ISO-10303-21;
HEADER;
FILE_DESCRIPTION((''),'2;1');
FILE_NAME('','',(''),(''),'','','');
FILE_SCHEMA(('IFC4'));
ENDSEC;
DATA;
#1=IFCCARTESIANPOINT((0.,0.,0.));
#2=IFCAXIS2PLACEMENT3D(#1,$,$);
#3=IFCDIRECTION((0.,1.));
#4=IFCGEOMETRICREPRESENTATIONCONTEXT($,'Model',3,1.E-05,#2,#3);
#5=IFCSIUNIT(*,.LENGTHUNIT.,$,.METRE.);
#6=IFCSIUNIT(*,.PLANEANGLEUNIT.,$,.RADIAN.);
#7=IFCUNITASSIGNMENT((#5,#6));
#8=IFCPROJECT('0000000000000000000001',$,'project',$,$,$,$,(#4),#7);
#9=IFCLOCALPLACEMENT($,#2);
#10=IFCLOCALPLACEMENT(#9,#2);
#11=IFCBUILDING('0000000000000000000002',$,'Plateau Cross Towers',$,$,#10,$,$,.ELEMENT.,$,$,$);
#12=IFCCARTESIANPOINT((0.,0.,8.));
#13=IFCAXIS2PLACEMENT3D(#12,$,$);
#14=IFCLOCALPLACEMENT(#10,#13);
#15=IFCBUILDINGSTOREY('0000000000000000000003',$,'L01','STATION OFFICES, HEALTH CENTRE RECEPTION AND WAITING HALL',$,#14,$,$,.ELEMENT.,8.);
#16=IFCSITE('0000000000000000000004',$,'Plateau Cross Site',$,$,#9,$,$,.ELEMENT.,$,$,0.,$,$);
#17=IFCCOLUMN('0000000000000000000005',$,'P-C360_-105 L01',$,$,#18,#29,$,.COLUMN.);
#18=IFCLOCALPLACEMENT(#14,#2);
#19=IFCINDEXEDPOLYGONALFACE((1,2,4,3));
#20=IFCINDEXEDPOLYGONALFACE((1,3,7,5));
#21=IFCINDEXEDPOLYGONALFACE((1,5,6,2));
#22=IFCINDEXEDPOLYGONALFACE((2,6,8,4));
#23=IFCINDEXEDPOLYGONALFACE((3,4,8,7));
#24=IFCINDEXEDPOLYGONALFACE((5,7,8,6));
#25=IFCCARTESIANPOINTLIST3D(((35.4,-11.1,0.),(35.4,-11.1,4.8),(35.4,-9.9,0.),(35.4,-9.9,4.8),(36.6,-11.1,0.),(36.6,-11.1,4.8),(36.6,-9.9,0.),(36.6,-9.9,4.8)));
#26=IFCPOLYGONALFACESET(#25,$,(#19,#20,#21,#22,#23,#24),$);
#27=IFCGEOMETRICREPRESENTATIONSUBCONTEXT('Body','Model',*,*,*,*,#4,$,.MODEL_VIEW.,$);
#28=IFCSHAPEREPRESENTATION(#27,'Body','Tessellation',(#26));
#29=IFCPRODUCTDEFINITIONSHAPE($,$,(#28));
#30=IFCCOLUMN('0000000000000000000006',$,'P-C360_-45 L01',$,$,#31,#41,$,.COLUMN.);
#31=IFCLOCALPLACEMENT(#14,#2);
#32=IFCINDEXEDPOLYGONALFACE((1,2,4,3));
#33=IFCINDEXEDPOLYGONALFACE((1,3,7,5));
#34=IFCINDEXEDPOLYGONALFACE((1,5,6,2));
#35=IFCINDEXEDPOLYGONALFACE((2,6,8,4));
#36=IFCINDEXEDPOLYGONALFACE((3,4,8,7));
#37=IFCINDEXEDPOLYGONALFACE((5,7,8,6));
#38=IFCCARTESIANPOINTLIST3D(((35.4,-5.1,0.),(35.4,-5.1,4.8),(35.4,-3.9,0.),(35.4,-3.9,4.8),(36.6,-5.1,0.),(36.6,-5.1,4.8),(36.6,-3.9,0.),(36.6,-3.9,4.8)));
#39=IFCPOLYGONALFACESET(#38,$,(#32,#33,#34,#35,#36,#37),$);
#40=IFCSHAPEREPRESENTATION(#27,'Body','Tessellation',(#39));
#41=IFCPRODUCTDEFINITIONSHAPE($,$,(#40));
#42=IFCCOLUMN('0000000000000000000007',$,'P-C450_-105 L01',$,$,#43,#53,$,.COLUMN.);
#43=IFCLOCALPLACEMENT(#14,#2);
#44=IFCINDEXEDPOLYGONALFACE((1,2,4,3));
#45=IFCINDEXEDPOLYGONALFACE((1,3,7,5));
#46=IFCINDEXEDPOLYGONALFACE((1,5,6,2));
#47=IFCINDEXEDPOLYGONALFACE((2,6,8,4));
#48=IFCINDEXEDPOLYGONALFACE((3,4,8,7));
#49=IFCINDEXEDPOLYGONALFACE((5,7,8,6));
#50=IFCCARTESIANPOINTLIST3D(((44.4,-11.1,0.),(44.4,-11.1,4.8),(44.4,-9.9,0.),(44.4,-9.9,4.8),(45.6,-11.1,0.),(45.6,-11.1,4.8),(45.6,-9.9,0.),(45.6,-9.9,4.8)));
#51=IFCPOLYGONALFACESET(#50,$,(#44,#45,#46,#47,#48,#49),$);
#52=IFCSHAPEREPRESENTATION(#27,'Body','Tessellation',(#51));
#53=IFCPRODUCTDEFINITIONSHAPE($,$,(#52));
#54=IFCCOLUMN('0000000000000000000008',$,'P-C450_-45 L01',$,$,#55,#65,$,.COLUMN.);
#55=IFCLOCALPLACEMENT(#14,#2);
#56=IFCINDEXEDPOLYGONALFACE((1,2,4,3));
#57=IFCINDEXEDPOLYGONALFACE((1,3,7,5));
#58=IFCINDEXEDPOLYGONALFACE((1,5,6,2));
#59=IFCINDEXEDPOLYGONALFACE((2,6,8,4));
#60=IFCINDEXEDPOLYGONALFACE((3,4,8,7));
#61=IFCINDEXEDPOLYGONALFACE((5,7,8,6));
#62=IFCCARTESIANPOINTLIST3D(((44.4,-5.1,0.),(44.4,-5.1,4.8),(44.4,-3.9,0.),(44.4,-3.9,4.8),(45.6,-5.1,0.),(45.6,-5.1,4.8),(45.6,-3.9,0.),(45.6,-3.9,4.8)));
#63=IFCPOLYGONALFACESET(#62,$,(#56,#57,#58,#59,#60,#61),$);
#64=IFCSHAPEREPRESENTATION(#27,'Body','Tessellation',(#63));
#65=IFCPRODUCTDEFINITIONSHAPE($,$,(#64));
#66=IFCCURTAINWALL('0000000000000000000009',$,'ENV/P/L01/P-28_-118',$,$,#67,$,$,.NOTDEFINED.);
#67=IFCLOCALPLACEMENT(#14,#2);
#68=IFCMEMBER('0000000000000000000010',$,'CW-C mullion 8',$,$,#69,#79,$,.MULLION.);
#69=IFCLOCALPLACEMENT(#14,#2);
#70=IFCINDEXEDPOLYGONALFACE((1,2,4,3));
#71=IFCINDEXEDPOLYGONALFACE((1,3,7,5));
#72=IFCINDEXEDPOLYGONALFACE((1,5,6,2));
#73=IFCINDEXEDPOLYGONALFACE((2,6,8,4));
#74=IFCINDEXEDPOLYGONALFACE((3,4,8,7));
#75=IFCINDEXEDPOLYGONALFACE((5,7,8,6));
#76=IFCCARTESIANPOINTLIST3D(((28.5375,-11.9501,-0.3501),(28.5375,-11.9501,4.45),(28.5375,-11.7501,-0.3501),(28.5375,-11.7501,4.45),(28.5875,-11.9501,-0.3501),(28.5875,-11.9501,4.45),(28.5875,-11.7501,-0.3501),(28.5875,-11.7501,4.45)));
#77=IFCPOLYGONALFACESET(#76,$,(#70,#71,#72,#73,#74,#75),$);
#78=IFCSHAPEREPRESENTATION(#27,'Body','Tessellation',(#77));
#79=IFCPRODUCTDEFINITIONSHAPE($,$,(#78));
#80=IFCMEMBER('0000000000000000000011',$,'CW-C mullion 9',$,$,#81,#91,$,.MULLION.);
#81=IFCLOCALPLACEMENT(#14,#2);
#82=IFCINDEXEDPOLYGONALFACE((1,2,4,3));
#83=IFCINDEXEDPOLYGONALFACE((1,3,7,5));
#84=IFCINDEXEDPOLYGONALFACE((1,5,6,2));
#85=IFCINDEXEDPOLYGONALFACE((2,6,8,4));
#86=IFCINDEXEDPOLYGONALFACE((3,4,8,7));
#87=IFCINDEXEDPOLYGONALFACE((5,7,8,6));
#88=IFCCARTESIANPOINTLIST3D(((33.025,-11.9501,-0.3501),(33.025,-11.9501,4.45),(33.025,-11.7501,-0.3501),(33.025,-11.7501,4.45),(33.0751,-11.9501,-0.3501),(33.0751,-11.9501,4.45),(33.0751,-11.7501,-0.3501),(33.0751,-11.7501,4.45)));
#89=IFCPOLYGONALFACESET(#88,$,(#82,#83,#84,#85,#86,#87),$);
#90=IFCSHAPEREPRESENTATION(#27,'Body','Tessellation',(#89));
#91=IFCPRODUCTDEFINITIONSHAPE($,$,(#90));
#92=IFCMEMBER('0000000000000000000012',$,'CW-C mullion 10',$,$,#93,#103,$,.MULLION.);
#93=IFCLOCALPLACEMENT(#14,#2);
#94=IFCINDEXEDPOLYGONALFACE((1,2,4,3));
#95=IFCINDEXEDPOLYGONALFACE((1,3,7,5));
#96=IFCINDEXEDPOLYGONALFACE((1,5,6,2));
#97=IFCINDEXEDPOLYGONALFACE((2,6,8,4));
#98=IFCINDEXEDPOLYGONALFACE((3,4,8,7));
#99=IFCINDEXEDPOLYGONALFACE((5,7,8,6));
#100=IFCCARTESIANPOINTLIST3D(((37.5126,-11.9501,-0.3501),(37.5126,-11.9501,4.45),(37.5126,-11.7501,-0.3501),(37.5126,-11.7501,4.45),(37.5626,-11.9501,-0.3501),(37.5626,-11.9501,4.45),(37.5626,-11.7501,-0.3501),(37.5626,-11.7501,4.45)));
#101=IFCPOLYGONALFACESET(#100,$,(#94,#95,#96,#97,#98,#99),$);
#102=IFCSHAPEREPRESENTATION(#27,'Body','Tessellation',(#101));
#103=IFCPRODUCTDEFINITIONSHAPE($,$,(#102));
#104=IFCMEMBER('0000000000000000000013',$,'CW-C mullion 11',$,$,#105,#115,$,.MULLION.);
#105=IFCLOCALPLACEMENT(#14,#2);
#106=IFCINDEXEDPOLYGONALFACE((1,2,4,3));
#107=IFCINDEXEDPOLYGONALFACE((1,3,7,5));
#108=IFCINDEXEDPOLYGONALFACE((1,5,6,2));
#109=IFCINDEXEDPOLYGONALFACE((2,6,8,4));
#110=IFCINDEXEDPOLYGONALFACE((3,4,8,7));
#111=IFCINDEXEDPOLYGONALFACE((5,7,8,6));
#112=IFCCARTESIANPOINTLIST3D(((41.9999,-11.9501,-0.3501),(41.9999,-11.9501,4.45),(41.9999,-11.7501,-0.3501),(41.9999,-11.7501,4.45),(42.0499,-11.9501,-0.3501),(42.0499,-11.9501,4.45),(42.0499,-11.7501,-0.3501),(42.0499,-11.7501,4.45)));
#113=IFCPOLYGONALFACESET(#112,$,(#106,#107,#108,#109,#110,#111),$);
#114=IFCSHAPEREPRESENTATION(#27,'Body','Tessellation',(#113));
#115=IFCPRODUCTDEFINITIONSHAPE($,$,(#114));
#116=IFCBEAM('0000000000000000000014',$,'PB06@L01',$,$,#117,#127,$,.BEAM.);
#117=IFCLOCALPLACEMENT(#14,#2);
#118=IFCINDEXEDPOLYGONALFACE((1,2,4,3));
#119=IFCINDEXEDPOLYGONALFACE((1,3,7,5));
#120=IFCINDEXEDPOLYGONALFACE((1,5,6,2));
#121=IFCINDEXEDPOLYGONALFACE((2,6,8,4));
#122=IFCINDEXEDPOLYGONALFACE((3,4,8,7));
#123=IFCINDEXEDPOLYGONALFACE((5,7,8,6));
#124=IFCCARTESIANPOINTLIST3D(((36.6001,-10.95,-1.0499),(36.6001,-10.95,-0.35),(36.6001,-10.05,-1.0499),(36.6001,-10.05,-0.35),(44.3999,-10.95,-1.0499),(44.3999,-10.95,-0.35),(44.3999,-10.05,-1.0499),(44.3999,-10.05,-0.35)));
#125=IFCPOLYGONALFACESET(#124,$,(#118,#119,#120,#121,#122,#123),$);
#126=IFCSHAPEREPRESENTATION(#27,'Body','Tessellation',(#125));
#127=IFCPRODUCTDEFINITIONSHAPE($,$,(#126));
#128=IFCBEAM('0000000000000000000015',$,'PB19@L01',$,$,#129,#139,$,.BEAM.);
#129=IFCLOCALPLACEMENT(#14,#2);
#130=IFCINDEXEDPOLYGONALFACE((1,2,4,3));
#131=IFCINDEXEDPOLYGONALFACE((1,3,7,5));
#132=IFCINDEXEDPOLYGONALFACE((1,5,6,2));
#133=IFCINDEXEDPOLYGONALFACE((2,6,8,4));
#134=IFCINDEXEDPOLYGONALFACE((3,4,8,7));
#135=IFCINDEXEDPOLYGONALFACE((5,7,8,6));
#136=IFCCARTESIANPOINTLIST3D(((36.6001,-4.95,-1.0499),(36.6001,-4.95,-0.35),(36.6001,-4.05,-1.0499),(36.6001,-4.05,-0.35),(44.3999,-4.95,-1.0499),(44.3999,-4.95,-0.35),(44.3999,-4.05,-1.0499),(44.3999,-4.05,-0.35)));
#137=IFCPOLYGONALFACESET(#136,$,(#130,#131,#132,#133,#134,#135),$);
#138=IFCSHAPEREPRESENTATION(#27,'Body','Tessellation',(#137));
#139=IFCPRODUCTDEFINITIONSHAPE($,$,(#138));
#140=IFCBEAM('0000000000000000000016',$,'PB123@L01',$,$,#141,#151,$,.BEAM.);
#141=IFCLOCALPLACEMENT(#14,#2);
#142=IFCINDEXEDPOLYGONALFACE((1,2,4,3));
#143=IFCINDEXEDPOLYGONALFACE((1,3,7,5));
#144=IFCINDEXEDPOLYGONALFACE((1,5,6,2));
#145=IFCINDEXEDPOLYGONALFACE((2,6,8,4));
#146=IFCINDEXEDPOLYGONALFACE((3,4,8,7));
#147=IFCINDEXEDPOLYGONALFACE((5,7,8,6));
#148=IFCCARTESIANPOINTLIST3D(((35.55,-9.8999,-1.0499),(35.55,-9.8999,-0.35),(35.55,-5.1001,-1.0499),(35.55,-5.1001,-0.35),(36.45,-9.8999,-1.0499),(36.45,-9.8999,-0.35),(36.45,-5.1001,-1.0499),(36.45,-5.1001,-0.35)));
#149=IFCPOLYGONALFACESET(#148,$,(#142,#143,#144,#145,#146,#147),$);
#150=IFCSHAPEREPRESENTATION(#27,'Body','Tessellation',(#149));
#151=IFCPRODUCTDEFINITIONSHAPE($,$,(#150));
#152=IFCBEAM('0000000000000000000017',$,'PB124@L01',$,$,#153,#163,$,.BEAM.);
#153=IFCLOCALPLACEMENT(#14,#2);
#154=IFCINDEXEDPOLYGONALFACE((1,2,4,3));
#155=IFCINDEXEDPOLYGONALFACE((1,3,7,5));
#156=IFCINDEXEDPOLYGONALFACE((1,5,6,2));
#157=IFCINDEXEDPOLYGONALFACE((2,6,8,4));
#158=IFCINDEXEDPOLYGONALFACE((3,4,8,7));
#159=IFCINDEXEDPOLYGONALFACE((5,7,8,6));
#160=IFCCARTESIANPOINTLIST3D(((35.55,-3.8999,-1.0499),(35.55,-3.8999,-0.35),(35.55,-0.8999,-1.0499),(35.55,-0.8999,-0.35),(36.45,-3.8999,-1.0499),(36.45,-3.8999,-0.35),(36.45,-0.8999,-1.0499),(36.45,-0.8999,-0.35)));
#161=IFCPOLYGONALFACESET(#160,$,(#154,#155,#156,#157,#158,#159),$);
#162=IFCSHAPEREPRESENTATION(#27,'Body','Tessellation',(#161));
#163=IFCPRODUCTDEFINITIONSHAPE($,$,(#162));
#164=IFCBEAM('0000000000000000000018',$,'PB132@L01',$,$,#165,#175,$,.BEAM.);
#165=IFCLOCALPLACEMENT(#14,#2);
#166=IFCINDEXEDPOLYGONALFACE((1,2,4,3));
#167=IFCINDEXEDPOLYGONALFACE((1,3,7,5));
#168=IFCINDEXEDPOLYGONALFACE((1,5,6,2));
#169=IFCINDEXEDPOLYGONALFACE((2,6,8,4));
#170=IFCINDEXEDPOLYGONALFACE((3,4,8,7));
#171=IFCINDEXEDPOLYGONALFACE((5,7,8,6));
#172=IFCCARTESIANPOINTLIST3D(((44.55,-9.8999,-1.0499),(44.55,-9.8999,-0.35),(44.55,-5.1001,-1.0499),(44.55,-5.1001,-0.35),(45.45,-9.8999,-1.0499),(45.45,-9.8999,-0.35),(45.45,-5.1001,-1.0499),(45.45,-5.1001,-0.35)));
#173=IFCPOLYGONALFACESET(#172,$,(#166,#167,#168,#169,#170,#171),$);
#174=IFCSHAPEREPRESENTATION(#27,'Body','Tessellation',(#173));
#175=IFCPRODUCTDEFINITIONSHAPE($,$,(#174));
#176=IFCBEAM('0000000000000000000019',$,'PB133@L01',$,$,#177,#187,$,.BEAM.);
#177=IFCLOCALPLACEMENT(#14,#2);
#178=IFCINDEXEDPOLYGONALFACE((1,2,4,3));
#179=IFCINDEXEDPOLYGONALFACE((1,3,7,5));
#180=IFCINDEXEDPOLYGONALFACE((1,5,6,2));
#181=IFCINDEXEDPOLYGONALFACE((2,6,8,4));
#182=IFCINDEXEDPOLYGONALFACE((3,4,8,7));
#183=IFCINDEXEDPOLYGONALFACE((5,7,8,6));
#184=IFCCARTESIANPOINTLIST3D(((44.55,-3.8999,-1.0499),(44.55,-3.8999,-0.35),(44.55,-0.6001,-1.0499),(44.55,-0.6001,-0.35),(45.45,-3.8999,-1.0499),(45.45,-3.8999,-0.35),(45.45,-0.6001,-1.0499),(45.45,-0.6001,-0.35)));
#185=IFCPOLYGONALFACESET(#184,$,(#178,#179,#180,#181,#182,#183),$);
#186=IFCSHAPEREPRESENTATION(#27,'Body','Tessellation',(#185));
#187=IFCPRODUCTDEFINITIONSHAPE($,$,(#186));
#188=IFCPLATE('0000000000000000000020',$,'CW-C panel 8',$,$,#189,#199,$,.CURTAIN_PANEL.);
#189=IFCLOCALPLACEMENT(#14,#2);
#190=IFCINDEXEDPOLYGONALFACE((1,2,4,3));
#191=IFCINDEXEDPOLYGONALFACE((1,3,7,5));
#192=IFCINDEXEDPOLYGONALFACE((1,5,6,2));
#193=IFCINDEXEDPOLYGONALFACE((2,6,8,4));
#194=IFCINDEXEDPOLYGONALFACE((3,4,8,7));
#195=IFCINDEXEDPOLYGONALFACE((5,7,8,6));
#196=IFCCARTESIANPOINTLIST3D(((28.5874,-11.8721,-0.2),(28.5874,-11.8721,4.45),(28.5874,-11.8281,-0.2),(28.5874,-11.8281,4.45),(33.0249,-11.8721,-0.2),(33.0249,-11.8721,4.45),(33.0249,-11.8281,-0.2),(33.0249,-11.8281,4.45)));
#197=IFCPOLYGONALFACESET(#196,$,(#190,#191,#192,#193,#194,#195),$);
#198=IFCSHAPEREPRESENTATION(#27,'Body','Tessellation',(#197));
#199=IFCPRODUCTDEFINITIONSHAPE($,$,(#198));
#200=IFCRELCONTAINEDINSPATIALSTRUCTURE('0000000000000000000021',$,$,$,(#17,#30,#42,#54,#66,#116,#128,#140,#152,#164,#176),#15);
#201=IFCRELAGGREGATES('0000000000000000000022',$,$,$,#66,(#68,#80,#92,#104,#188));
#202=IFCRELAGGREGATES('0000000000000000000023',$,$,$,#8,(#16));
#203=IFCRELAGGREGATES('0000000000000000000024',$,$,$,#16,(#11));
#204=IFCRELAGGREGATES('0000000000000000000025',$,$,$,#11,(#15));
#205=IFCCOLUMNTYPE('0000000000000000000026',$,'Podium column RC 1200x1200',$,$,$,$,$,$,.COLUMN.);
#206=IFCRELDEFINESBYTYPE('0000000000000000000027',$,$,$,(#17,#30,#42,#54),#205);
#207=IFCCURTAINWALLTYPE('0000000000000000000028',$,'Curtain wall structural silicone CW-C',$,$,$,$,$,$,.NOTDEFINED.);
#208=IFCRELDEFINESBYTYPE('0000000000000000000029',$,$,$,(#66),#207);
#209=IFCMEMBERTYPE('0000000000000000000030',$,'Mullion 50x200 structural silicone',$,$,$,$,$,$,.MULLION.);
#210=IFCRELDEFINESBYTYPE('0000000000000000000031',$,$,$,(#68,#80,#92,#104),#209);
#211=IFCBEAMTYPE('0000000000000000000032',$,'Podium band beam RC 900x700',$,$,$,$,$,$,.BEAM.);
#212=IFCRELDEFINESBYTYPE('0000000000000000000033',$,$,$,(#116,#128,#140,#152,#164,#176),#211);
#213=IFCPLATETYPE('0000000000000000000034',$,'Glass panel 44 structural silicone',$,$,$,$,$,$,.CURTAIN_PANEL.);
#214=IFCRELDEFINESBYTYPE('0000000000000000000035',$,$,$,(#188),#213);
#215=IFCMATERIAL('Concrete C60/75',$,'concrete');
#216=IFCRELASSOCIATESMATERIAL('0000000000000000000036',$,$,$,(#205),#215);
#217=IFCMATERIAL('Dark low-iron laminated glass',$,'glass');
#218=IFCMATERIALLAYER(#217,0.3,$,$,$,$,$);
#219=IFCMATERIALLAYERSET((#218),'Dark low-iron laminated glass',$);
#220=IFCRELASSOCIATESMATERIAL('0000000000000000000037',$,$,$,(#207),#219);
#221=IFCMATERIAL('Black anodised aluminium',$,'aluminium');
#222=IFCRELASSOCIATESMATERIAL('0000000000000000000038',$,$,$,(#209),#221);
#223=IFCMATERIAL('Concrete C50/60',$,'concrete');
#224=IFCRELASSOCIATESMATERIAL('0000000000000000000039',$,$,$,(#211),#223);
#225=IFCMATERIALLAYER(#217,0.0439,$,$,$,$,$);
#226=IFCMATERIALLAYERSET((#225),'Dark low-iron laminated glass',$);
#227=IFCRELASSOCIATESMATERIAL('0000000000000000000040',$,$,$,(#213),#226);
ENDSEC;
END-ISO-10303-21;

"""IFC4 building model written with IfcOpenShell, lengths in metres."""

from ifc_helpers import new_model, si_unit, direction, frame, origin, origin_2d, place, context, subcontext, project, spatial, rectangle, extrude, material, layer, layer_set, material_profile, profile_set, type_object, element, aggregate, save


model = new_model("IFC4")

# Units and contexts
model_context = context("Model", 3, precision=1e-05, world=origin(), true_north=direction((0.0, 1.0)))
body_context = subcontext(model_context, "Body", "Model", "MODEL_VIEW")
ifc_project = project(units=[si_unit("LENGTHUNIT", "METRE"), si_unit("PLANEANGLEUNIT", "RADIAN")], contexts=[model_context])

# Site, building, storey
site_placement = place(None, origin())
site = spatial("IfcSite", under=ifc_project, at=site_placement, Name="Plateau Cross Site", CompositionType="ELEMENT", RefElevation=0.0)
building_placement = place(site_placement, origin())
building = spatial("IfcBuilding", under=site, at=building_placement, Name="Plateau Cross Towers", CompositionType="ELEMENT")
storey_placement = place(building_placement, frame((0.0, 0.0, 8.0)))
storey = spatial("IfcBuildingStorey", under=building, at=storey_placement, Name="L01", Description="STATION OFFICES, HEALTH CENTRE RECEPTION AND WAITING HALL", CompositionType="ELEMENT", Elevation=8.0)

# Columns
ifc_material_1 = material(Name="Concrete C60/75", Category="concrete")
ifc_material_profile_1 = material_profile(ifc_material_1, rectangle(XDim=1.2, YDim=1.2, at=origin_2d()), Name="RC 1200x1200")
ifc_profile_set_1 = profile_set([ifc_material_profile_1], Name="Concrete C60/75")
column_type = type_object("IfcColumnType", Name="Podium column RC 1200x1200", PredefinedType="COLUMN", material=ifc_profile_set_1)
for number, where, z_axis, x_axis, name in (
    (1, (36.0, -10.5, 0.0), (0.0, 0.0, 1.0), (1.0, 0.0, 0.0), "P-C360_-105 L01"),
    (2, (36.0, -4.5, 0.0), (0.0, 0.0, 1.0), (1.0, 0.0, 0.0), "P-C360_-45 L01"),
    (3, (45.0, -10.5, 0.0), (0.0, 0.0, 1.0), (1.0, 0.0, 0.0), "P-C450_-105 L01"),
    (4, (45.0, -4.5, 0.0), (0.0, 0.0, 1.0), (1.0, 0.0, 0.0), "P-C450_-45 L01"),
):
    element("IfcColumn", number, at=place(storey_placement, frame(where, z_axis=z_axis, x_axis=x_axis)), inside=storey, type_object=column_type, Name=name, PredefinedType="COLUMN", context=body_context, shape_type="SweptSolid", body=[
        extrude(rectangle(XDim=1.2, YDim=1.2, at=origin_2d()), origin(), (0.0, 0.0, 1.0), 4.8),
    ])

# Curtain wall, members
ifc_material_2 = material(Name="Dark low-iron laminated glass", Category="glass")
ifc_layer_1 = layer(ifc_material_2, 0.3)
ifc_layer_set_1 = layer_set([ifc_layer_1], Name="Dark low-iron laminated glass")
curtain_wall_type = type_object("IfcCurtainWallType", Name="Curtain wall structural silicone CW-C", PredefinedType="NOTDEFINED", material=ifc_layer_set_1)
curtain_wall_placement = place(storey_placement, origin())
curtain_wall = element("IfcCurtainWall", 5, at=curtain_wall_placement, inside=storey, type_object=curtain_wall_type, Name="ENV/P/L01/P-28_-118", PredefinedType="NOTDEFINED")
ifc_material_3 = material(Name="Black anodised aluminium", Category="aluminium")
ifc_material_profile_2 = material_profile(ifc_material_3, rectangle(XDim=0.05, YDim=0.2, at=origin_2d()), Name="MULLION 50x200")
ifc_profile_set_2 = profile_set([ifc_material_profile_2], Name="Black anodised aluminium")
member_type = type_object("IfcMemberType", Name="Mullion 50x200 structural silicone", PredefinedType="MULLION", material=ifc_profile_set_2)
member_1_placement = place(storey_placement, frame((28.5625, -11.8501, -0.3501), z_axis=(0.0, 0.0, 1.0), x_axis=(1.0, 0.0, 0.0)))
member_1 = element("IfcMember", 6, at=member_1_placement, type_object=member_type, Name="CW-C mullion 8", PredefinedType="MULLION", context=body_context, shape_type="SweptSolid", body=[
    extrude(rectangle(XDim=0.05, YDim=0.2, at=origin_2d()), origin(), (0.0, 0.0, 1.0), 4.8),
])
member_2_placement = place(storey_placement, frame((33.05, -11.8501, -0.3501), z_axis=(0.0, 0.0, 1.0), x_axis=(1.0, 0.0, 0.0)))
member_2 = element("IfcMember", 7, at=member_2_placement, type_object=member_type, Name="CW-C mullion 9", PredefinedType="MULLION", context=body_context, shape_type="SweptSolid", body=[
    extrude(rectangle(XDim=0.05, YDim=0.2, at=origin_2d()), origin(), (0.0, 0.0, 1.0), 4.8),
])
member_3_placement = place(storey_placement, frame((37.5376, -11.8501, -0.3501), z_axis=(0.0, 0.0, 1.0), x_axis=(1.0, 0.0, 0.0)))
member_3 = element("IfcMember", 8, at=member_3_placement, type_object=member_type, Name="CW-C mullion 10", PredefinedType="MULLION", context=body_context, shape_type="SweptSolid", body=[
    extrude(rectangle(XDim=0.05, YDim=0.2, at=origin_2d()), origin(), (0.0, 0.0, 1.0), 4.8),
])
member_4_placement = place(storey_placement, frame((42.0249, -11.8501, -0.3501), z_axis=(0.0, 0.0, 1.0), x_axis=(1.0, 0.0, 0.0)))
member_4 = element("IfcMember", 9, at=member_4_placement, type_object=member_type, Name="CW-C mullion 11", PredefinedType="MULLION", context=body_context, shape_type="SweptSolid", body=[
    extrude(rectangle(XDim=0.05, YDim=0.2, at=origin_2d()), origin(), (0.0, 0.0, 1.0), 4.8),
])

# Beams
ifc_material_4 = material(Name="Concrete C50/60", Category="concrete")
ifc_material_profile_3 = material_profile(ifc_material_4, rectangle(XDim=0.8999, YDim=0.7, at=origin_2d()), Name="RC 900x700")
ifc_profile_set_3 = profile_set([ifc_material_profile_3], Name="Concrete C50/60")
beam_type = type_object("IfcBeamType", Name="Podium band beam RC 900x700", PredefinedType="BEAM", material=ifc_profile_set_3)
for number, where, z_axis, x_axis, name in (
    (10, (36.6001, -10.5, -0.7), (1.0, 0.0, 0.0), (0.0, 1.0, 0.0), "PB06@L01"),
    (11, (36.6001, -4.5, -0.7), (1.0, 0.0, 0.0), (0.0, 1.0, 0.0), "PB19@L01"),
):
    element("IfcBeam", number, at=place(storey_placement, frame(where, z_axis=z_axis, x_axis=x_axis)), inside=storey, type_object=beam_type, Name=name, PredefinedType="BEAM", context=body_context, shape_type="SweptSolid", body=[
        extrude(rectangle(XDim=0.8999, YDim=0.7, at=origin_2d()), origin(), (0.0, 0.0, 1.0), 7.7998),
    ])
beam_1_placement = place(storey_placement, frame((36.0, -9.8999, -0.7), z_axis=(0.0, 1.0, 0.0), x_axis=(-1.0, 0.0, 0.0)))
element("IfcBeam", 12, at=beam_1_placement, inside=storey, type_object=beam_type, Name="PB123@L01", PredefinedType="BEAM", context=body_context, shape_type="SweptSolid", body=[
    extrude(rectangle(XDim=0.8999, YDim=0.7, at=origin_2d()), origin(), (0.0, 0.0, 1.0), 4.7998),
])
beam_2_placement = place(storey_placement, frame((36.0, -3.8999, -0.7), z_axis=(0.0, 1.0, 0.0), x_axis=(-1.0, 0.0, 0.0)))
element("IfcBeam", 13, at=beam_2_placement, inside=storey, type_object=beam_type, Name="PB124@L01", PredefinedType="BEAM", context=body_context, shape_type="SweptSolid", body=[
    extrude(rectangle(XDim=0.8999, YDim=0.7, at=origin_2d()), origin(), (0.0, 0.0, 1.0), 3.0),
])
beam_3_placement = place(storey_placement, frame((45.0, -9.8999, -0.7), z_axis=(0.0, 1.0, 0.0), x_axis=(-1.0, 0.0, 0.0)))
element("IfcBeam", 14, at=beam_3_placement, inside=storey, type_object=beam_type, Name="PB132@L01", PredefinedType="BEAM", context=body_context, shape_type="SweptSolid", body=[
    extrude(rectangle(XDim=0.8999, YDim=0.7, at=origin_2d()), origin(), (0.0, 0.0, 1.0), 4.7998),
])
beam_4_placement = place(storey_placement, frame((45.0, -3.8999, -0.7), z_axis=(0.0, 1.0, 0.0), x_axis=(-1.0, 0.0, 0.0)))
element("IfcBeam", 15, at=beam_4_placement, inside=storey, type_object=beam_type, Name="PB133@L01", PredefinedType="BEAM", context=body_context, shape_type="SweptSolid", body=[
    extrude(rectangle(XDim=0.8999, YDim=0.7, at=origin_2d()), origin(), (0.0, 0.0, 1.0), 3.2998),
])

# Plate
ifc_layer_2 = layer(ifc_material_2, 0.0439)
ifc_layer_set_2 = layer_set([ifc_layer_2], Name="Dark low-iron laminated glass")
plate_type = type_object("IfcPlateType", Name="Glass panel 44 structural silicone", PredefinedType="CURTAIN_PANEL", material=ifc_layer_set_2)
plate_1_placement = place(storey_placement, frame((30.8062, -11.8501, -0.2), z_axis=(0.0, 0.0, 1.0), x_axis=(1.0, 0.0, 0.0)))
plate_1 = element("IfcPlate", 16, at=plate_1_placement, type_object=plate_type, Name="CW-C panel 8", PredefinedType="CURTAIN_PANEL", context=body_context, shape_type="SweptSolid", body=[
    extrude(rectangle(XDim=4.4375, YDim=0.0439, at=origin_2d()), origin(), (0.0, 0.0, 1.0), 4.6499),
])
aggregate(curtain_wall, [member_1, member_2, member_3, member_4, plate_1])

save(model, "model.ifc")
